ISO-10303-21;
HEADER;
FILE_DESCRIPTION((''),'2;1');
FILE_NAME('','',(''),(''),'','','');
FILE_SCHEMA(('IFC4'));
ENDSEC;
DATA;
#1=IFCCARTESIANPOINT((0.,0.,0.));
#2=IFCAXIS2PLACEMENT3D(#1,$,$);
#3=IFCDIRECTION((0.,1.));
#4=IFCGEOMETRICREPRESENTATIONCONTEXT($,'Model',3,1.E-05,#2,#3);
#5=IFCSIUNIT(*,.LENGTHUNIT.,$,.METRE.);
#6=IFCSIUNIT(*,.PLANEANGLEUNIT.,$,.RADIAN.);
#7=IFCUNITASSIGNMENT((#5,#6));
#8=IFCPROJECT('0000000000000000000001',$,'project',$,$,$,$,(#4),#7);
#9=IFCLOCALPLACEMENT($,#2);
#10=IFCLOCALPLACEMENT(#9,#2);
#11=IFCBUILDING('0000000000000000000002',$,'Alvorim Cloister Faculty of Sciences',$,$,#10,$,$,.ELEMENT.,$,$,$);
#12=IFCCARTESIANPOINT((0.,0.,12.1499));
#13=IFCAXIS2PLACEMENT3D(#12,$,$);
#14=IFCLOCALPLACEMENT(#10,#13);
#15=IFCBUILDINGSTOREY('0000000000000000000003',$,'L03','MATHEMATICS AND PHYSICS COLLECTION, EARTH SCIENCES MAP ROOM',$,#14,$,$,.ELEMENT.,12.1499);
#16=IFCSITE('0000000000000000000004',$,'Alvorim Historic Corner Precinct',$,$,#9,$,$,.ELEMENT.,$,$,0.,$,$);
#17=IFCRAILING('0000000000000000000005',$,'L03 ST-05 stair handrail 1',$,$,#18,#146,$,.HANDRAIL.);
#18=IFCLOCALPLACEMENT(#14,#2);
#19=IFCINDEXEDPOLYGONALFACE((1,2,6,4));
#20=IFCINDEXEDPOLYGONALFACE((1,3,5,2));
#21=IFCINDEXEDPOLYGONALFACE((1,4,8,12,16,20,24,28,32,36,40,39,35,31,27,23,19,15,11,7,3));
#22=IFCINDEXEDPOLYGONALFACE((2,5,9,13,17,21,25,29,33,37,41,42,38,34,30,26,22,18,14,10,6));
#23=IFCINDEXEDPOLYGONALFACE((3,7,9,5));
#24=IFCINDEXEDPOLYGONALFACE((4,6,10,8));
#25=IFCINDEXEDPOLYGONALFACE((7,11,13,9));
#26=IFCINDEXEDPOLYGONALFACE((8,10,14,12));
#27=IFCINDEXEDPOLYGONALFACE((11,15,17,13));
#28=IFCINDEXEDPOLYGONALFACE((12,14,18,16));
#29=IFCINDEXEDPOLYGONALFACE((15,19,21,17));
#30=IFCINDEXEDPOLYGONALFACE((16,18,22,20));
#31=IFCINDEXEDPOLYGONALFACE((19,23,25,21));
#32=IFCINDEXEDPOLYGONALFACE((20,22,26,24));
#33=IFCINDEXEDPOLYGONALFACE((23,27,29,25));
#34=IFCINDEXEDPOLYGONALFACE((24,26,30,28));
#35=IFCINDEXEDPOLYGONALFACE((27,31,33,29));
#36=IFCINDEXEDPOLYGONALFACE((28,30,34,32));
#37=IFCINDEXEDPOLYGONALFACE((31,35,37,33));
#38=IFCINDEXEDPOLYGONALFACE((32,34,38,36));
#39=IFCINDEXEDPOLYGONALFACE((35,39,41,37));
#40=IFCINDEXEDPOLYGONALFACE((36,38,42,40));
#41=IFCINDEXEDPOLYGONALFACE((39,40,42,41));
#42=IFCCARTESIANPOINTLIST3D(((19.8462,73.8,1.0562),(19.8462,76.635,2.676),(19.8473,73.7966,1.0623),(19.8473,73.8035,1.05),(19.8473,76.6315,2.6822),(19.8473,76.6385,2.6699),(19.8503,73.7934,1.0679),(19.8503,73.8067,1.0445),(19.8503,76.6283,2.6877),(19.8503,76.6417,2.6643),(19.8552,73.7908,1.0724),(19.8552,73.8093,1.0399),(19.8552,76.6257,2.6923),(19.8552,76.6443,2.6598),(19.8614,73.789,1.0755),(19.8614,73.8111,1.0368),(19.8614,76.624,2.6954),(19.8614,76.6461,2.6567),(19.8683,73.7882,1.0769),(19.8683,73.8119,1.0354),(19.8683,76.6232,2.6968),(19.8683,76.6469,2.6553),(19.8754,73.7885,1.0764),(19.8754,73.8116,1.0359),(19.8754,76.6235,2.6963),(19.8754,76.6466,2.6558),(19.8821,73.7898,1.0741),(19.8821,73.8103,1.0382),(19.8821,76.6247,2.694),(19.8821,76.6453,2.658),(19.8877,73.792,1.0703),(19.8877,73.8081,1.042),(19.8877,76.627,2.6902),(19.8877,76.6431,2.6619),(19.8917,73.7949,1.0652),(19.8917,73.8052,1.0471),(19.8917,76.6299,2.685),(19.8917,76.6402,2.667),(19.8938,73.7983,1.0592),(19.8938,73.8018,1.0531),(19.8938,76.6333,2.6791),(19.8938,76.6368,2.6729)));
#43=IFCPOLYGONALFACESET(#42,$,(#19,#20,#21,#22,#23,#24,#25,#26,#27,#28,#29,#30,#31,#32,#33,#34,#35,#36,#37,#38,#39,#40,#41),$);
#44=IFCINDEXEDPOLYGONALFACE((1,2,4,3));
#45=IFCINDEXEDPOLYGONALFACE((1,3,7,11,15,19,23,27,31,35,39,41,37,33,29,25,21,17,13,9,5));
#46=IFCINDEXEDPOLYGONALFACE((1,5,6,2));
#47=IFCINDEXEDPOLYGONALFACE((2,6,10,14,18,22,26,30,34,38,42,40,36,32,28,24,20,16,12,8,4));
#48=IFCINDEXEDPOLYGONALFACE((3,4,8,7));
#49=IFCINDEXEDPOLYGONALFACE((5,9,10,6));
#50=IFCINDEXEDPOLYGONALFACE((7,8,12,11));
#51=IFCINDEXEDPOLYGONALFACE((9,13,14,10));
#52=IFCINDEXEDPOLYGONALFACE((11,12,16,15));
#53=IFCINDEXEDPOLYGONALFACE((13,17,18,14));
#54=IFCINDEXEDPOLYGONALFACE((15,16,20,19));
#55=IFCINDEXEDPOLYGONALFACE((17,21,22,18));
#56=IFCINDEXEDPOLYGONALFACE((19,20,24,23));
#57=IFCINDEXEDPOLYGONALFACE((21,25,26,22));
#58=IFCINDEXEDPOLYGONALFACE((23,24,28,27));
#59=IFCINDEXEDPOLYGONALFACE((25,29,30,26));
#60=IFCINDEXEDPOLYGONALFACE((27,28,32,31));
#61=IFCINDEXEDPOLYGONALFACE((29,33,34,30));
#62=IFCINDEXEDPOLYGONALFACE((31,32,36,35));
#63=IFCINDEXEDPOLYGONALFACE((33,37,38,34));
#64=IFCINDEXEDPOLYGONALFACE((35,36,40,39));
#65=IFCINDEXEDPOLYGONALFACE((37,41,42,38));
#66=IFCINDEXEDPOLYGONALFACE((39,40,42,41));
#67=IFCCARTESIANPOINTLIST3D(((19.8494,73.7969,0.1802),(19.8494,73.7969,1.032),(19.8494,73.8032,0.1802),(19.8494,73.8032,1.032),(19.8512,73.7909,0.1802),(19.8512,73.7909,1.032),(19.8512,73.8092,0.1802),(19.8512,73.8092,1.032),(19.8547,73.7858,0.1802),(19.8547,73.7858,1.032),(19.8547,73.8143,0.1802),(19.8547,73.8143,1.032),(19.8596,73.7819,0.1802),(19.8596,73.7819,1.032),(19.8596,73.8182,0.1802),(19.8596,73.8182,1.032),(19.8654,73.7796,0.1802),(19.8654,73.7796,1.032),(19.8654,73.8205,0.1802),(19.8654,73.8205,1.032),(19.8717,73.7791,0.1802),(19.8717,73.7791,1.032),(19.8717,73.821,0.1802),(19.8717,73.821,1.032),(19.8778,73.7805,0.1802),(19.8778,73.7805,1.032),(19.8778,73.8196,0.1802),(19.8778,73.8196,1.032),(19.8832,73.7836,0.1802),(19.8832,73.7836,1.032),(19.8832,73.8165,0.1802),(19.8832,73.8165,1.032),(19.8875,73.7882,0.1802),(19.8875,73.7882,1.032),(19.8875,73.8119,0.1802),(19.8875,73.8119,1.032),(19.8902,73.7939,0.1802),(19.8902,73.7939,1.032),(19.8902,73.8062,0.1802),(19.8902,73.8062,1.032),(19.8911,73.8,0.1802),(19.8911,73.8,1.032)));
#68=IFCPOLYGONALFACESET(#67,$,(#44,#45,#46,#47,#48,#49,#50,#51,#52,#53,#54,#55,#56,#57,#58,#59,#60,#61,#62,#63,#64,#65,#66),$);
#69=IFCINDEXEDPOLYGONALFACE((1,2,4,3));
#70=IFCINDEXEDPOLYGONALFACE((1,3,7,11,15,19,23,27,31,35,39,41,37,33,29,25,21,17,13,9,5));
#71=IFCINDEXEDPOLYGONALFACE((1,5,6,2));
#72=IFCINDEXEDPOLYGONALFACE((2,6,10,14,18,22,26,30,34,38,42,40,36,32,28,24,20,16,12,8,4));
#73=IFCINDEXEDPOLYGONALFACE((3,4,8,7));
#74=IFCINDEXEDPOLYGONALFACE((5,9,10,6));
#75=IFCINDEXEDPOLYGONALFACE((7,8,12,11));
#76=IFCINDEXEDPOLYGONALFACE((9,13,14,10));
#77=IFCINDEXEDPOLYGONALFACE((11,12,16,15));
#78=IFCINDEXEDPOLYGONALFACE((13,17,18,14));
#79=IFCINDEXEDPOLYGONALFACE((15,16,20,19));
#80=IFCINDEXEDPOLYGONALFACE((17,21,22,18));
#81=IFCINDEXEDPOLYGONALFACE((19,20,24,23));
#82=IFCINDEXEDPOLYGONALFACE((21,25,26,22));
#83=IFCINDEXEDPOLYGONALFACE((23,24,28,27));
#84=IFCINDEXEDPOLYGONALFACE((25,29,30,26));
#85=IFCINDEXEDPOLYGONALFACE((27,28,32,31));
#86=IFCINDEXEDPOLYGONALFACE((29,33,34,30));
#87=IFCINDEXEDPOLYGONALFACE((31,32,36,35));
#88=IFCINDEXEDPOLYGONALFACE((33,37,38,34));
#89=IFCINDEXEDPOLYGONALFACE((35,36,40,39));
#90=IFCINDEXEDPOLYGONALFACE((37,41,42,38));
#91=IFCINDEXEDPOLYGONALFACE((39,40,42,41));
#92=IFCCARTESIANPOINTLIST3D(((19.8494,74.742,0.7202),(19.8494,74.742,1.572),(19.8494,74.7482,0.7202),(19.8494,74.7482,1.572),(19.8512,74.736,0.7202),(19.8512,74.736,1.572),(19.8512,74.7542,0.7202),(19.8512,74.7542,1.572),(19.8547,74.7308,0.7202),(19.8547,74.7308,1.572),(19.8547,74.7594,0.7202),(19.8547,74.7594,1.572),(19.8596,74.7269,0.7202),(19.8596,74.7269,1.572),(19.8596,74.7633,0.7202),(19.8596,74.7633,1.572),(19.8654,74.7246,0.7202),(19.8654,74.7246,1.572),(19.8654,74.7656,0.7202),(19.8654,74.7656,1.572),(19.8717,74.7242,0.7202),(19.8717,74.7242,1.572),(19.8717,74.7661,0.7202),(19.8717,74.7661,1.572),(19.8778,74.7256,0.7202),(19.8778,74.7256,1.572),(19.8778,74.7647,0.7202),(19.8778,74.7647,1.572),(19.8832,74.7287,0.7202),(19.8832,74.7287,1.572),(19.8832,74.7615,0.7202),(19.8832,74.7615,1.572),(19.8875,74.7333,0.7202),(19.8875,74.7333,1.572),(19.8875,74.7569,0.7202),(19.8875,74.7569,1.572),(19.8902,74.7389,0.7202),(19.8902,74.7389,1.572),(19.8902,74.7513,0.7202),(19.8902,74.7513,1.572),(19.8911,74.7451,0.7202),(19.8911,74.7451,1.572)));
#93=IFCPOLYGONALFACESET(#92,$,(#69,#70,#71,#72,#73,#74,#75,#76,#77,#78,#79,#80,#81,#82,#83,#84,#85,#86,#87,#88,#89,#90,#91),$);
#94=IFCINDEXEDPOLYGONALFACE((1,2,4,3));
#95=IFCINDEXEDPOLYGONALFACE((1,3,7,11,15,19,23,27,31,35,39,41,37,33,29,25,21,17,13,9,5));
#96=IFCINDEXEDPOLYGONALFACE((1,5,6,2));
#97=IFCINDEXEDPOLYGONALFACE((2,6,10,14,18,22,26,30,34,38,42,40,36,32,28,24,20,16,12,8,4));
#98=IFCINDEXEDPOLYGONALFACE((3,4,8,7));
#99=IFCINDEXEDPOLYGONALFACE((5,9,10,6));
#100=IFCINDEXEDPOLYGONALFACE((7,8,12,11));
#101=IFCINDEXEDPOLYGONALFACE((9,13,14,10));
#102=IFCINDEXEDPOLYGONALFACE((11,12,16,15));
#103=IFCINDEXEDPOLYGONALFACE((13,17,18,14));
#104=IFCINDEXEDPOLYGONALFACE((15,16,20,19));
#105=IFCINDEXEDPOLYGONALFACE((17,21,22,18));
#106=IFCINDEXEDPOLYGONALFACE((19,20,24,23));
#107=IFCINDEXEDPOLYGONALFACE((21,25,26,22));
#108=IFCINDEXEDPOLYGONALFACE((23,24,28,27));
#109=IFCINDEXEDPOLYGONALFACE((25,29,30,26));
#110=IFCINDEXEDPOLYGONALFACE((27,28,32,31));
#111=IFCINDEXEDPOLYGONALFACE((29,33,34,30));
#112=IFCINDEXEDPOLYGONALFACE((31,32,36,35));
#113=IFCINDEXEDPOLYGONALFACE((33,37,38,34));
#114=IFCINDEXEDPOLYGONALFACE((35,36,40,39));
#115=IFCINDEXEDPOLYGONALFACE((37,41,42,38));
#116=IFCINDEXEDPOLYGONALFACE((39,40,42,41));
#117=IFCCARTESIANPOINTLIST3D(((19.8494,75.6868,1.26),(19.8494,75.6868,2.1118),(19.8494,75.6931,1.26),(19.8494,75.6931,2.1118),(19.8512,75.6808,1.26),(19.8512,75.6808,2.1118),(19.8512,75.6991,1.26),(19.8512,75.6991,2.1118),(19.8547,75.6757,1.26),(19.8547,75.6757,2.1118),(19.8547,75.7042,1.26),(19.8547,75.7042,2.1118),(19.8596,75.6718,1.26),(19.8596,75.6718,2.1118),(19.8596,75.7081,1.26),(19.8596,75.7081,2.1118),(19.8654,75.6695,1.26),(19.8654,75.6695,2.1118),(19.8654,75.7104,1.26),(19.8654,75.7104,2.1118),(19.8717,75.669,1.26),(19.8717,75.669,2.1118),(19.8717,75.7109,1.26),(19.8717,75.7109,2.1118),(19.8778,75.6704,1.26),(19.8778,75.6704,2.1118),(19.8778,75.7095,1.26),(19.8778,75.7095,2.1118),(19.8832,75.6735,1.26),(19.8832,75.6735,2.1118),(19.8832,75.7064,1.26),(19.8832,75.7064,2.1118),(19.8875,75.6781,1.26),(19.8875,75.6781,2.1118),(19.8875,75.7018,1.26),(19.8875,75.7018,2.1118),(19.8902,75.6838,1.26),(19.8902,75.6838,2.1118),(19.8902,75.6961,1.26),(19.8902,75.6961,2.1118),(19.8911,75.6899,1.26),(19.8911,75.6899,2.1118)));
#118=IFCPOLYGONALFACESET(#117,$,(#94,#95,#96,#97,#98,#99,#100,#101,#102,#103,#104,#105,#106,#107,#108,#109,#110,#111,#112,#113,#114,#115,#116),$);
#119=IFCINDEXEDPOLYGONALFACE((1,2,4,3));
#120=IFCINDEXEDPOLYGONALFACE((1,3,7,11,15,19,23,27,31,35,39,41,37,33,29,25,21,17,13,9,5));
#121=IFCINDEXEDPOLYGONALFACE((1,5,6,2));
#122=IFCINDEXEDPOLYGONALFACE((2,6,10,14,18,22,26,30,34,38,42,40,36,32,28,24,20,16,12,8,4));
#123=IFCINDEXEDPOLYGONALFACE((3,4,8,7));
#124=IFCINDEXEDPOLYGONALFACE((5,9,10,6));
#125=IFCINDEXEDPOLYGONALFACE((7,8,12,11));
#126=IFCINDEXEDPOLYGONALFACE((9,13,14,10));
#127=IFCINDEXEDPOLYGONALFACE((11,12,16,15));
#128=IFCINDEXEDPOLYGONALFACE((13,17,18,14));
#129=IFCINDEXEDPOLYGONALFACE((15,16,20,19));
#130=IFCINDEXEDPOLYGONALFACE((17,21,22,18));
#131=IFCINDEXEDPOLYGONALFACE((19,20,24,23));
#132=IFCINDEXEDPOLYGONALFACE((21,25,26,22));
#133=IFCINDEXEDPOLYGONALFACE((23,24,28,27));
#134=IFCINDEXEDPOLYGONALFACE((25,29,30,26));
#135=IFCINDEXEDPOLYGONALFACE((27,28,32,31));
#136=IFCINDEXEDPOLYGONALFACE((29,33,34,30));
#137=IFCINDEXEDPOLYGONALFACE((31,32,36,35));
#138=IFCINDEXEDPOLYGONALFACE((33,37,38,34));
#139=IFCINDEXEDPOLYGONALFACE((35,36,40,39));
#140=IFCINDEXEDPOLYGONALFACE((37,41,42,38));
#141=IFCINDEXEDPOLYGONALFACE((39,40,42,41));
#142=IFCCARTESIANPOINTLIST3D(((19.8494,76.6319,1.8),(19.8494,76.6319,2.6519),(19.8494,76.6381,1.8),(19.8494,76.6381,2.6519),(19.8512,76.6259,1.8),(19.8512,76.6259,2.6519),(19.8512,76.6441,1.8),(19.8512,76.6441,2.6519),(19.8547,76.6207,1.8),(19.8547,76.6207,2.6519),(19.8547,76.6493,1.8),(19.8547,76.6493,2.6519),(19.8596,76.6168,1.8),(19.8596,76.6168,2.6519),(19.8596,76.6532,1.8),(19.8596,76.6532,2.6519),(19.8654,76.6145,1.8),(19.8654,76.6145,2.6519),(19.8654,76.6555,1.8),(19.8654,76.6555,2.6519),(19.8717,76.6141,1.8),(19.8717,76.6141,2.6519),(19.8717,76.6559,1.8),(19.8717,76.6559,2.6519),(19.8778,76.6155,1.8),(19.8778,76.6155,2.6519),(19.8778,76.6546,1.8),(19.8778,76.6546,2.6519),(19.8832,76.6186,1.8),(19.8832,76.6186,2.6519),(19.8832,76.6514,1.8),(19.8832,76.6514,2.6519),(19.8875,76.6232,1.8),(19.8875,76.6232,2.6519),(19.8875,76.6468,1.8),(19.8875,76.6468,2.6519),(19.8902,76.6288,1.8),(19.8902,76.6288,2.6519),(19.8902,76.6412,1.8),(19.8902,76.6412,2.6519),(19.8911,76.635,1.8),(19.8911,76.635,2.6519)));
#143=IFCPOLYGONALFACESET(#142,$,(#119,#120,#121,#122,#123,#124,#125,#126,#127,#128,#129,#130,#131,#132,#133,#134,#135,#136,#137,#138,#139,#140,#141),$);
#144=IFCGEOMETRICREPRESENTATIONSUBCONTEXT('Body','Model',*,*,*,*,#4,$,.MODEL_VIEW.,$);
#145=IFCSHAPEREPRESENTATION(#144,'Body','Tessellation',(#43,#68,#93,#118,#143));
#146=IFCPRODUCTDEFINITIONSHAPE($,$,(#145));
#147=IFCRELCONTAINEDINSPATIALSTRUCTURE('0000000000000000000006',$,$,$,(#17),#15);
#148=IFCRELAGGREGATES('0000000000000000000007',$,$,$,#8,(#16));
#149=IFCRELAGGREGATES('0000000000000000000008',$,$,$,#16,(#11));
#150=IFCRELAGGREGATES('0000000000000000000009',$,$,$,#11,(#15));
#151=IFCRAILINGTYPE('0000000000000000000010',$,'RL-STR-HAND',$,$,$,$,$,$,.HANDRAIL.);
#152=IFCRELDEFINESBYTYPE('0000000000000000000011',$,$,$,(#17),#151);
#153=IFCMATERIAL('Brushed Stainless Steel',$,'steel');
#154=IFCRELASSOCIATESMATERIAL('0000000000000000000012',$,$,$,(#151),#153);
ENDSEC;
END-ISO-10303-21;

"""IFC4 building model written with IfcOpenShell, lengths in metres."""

from ifc_helpers import new_model, si_unit, direction, frame, origin, origin_2d, place, context, subcontext, project, spatial, circle, extrude, material, type_object, element, save


model = new_model("IFC4")

# Units and contexts
model_context = context("Model", 3, precision=1e-05, world=origin(), true_north=direction((0.0, 1.0)))
body_context = subcontext(model_context, "Body", "Model", "MODEL_VIEW")
ifc_project = project(units=[si_unit("LENGTHUNIT", "METRE"), si_unit("PLANEANGLEUNIT", "RADIAN")], contexts=[model_context])

# Site, building, storey
site_placement = place(None, origin())
site = spatial("IfcSite", under=ifc_project, at=site_placement, Name="Alvorim Historic Corner Precinct", CompositionType="ELEMENT", RefElevation=0.0)
building_placement = place(site_placement, origin())
building = spatial("IfcBuilding", under=site, at=building_placement, Name="Alvorim Cloister Faculty of Sciences", CompositionType="ELEMENT")
storey_placement = place(building_placement, frame((0.0, 0.0, 12.1499)))
storey = spatial("IfcBuildingStorey", under=building, at=storey_placement, Name="L03", Description="MATHEMATICS AND PHYSICS COLLECTION, EARTH SCIENCES MAP ROOM", CompositionType="ELEMENT", Elevation=12.1499)

# Railing
ifc_material_1 = material(Name="Brushed Stainless Steel", Category="steel")
railing_type_1 = type_object("IfcRailingType", Name="RL-STR-HAND", PredefinedType="HANDRAIL", material=ifc_material_1)
railing_1_placement = place(storey_placement, frame((19.8701, 73.8, 0.1802)))
element("IfcRailing", 1, at=railing_1_placement, inside=storey, type_object=railing_type_1, Name="L03 ST-05 stair handrail 1", PredefinedType="HANDRAIL", context=body_context, shape_type="SweptSolid", body=[
    extrude(circle(Radius=0.0239, at=origin_2d()), frame((0.0, 0.0, 0.876), z_axis=(0.0, 0.868257, 0.496115), x_axis=(-1.0, 0.0, 0.0)), (0.0, 0.0, 1.0), 3.2651),
    extrude(circle(Radius=0.021, at=origin_2d()), origin(), (0.0, 0.0, 1.0), 0.8518),
    extrude(circle(Radius=0.021, at=origin_2d()), frame((0.0, 0.9451, 0.54)), (0.0, 0.0, 1.0), 0.8518),
    extrude(circle(Radius=0.021, at=origin_2d()), frame((0.0, 1.8899, 1.0798)), (0.0, 0.0, 1.0), 0.8518),
    extrude(circle(Radius=0.021, at=origin_2d()), frame((0.0, 2.835, 1.6199)), (0.0, 0.0, 1.0), 0.8518),
])

save(model, "model.ifc")
